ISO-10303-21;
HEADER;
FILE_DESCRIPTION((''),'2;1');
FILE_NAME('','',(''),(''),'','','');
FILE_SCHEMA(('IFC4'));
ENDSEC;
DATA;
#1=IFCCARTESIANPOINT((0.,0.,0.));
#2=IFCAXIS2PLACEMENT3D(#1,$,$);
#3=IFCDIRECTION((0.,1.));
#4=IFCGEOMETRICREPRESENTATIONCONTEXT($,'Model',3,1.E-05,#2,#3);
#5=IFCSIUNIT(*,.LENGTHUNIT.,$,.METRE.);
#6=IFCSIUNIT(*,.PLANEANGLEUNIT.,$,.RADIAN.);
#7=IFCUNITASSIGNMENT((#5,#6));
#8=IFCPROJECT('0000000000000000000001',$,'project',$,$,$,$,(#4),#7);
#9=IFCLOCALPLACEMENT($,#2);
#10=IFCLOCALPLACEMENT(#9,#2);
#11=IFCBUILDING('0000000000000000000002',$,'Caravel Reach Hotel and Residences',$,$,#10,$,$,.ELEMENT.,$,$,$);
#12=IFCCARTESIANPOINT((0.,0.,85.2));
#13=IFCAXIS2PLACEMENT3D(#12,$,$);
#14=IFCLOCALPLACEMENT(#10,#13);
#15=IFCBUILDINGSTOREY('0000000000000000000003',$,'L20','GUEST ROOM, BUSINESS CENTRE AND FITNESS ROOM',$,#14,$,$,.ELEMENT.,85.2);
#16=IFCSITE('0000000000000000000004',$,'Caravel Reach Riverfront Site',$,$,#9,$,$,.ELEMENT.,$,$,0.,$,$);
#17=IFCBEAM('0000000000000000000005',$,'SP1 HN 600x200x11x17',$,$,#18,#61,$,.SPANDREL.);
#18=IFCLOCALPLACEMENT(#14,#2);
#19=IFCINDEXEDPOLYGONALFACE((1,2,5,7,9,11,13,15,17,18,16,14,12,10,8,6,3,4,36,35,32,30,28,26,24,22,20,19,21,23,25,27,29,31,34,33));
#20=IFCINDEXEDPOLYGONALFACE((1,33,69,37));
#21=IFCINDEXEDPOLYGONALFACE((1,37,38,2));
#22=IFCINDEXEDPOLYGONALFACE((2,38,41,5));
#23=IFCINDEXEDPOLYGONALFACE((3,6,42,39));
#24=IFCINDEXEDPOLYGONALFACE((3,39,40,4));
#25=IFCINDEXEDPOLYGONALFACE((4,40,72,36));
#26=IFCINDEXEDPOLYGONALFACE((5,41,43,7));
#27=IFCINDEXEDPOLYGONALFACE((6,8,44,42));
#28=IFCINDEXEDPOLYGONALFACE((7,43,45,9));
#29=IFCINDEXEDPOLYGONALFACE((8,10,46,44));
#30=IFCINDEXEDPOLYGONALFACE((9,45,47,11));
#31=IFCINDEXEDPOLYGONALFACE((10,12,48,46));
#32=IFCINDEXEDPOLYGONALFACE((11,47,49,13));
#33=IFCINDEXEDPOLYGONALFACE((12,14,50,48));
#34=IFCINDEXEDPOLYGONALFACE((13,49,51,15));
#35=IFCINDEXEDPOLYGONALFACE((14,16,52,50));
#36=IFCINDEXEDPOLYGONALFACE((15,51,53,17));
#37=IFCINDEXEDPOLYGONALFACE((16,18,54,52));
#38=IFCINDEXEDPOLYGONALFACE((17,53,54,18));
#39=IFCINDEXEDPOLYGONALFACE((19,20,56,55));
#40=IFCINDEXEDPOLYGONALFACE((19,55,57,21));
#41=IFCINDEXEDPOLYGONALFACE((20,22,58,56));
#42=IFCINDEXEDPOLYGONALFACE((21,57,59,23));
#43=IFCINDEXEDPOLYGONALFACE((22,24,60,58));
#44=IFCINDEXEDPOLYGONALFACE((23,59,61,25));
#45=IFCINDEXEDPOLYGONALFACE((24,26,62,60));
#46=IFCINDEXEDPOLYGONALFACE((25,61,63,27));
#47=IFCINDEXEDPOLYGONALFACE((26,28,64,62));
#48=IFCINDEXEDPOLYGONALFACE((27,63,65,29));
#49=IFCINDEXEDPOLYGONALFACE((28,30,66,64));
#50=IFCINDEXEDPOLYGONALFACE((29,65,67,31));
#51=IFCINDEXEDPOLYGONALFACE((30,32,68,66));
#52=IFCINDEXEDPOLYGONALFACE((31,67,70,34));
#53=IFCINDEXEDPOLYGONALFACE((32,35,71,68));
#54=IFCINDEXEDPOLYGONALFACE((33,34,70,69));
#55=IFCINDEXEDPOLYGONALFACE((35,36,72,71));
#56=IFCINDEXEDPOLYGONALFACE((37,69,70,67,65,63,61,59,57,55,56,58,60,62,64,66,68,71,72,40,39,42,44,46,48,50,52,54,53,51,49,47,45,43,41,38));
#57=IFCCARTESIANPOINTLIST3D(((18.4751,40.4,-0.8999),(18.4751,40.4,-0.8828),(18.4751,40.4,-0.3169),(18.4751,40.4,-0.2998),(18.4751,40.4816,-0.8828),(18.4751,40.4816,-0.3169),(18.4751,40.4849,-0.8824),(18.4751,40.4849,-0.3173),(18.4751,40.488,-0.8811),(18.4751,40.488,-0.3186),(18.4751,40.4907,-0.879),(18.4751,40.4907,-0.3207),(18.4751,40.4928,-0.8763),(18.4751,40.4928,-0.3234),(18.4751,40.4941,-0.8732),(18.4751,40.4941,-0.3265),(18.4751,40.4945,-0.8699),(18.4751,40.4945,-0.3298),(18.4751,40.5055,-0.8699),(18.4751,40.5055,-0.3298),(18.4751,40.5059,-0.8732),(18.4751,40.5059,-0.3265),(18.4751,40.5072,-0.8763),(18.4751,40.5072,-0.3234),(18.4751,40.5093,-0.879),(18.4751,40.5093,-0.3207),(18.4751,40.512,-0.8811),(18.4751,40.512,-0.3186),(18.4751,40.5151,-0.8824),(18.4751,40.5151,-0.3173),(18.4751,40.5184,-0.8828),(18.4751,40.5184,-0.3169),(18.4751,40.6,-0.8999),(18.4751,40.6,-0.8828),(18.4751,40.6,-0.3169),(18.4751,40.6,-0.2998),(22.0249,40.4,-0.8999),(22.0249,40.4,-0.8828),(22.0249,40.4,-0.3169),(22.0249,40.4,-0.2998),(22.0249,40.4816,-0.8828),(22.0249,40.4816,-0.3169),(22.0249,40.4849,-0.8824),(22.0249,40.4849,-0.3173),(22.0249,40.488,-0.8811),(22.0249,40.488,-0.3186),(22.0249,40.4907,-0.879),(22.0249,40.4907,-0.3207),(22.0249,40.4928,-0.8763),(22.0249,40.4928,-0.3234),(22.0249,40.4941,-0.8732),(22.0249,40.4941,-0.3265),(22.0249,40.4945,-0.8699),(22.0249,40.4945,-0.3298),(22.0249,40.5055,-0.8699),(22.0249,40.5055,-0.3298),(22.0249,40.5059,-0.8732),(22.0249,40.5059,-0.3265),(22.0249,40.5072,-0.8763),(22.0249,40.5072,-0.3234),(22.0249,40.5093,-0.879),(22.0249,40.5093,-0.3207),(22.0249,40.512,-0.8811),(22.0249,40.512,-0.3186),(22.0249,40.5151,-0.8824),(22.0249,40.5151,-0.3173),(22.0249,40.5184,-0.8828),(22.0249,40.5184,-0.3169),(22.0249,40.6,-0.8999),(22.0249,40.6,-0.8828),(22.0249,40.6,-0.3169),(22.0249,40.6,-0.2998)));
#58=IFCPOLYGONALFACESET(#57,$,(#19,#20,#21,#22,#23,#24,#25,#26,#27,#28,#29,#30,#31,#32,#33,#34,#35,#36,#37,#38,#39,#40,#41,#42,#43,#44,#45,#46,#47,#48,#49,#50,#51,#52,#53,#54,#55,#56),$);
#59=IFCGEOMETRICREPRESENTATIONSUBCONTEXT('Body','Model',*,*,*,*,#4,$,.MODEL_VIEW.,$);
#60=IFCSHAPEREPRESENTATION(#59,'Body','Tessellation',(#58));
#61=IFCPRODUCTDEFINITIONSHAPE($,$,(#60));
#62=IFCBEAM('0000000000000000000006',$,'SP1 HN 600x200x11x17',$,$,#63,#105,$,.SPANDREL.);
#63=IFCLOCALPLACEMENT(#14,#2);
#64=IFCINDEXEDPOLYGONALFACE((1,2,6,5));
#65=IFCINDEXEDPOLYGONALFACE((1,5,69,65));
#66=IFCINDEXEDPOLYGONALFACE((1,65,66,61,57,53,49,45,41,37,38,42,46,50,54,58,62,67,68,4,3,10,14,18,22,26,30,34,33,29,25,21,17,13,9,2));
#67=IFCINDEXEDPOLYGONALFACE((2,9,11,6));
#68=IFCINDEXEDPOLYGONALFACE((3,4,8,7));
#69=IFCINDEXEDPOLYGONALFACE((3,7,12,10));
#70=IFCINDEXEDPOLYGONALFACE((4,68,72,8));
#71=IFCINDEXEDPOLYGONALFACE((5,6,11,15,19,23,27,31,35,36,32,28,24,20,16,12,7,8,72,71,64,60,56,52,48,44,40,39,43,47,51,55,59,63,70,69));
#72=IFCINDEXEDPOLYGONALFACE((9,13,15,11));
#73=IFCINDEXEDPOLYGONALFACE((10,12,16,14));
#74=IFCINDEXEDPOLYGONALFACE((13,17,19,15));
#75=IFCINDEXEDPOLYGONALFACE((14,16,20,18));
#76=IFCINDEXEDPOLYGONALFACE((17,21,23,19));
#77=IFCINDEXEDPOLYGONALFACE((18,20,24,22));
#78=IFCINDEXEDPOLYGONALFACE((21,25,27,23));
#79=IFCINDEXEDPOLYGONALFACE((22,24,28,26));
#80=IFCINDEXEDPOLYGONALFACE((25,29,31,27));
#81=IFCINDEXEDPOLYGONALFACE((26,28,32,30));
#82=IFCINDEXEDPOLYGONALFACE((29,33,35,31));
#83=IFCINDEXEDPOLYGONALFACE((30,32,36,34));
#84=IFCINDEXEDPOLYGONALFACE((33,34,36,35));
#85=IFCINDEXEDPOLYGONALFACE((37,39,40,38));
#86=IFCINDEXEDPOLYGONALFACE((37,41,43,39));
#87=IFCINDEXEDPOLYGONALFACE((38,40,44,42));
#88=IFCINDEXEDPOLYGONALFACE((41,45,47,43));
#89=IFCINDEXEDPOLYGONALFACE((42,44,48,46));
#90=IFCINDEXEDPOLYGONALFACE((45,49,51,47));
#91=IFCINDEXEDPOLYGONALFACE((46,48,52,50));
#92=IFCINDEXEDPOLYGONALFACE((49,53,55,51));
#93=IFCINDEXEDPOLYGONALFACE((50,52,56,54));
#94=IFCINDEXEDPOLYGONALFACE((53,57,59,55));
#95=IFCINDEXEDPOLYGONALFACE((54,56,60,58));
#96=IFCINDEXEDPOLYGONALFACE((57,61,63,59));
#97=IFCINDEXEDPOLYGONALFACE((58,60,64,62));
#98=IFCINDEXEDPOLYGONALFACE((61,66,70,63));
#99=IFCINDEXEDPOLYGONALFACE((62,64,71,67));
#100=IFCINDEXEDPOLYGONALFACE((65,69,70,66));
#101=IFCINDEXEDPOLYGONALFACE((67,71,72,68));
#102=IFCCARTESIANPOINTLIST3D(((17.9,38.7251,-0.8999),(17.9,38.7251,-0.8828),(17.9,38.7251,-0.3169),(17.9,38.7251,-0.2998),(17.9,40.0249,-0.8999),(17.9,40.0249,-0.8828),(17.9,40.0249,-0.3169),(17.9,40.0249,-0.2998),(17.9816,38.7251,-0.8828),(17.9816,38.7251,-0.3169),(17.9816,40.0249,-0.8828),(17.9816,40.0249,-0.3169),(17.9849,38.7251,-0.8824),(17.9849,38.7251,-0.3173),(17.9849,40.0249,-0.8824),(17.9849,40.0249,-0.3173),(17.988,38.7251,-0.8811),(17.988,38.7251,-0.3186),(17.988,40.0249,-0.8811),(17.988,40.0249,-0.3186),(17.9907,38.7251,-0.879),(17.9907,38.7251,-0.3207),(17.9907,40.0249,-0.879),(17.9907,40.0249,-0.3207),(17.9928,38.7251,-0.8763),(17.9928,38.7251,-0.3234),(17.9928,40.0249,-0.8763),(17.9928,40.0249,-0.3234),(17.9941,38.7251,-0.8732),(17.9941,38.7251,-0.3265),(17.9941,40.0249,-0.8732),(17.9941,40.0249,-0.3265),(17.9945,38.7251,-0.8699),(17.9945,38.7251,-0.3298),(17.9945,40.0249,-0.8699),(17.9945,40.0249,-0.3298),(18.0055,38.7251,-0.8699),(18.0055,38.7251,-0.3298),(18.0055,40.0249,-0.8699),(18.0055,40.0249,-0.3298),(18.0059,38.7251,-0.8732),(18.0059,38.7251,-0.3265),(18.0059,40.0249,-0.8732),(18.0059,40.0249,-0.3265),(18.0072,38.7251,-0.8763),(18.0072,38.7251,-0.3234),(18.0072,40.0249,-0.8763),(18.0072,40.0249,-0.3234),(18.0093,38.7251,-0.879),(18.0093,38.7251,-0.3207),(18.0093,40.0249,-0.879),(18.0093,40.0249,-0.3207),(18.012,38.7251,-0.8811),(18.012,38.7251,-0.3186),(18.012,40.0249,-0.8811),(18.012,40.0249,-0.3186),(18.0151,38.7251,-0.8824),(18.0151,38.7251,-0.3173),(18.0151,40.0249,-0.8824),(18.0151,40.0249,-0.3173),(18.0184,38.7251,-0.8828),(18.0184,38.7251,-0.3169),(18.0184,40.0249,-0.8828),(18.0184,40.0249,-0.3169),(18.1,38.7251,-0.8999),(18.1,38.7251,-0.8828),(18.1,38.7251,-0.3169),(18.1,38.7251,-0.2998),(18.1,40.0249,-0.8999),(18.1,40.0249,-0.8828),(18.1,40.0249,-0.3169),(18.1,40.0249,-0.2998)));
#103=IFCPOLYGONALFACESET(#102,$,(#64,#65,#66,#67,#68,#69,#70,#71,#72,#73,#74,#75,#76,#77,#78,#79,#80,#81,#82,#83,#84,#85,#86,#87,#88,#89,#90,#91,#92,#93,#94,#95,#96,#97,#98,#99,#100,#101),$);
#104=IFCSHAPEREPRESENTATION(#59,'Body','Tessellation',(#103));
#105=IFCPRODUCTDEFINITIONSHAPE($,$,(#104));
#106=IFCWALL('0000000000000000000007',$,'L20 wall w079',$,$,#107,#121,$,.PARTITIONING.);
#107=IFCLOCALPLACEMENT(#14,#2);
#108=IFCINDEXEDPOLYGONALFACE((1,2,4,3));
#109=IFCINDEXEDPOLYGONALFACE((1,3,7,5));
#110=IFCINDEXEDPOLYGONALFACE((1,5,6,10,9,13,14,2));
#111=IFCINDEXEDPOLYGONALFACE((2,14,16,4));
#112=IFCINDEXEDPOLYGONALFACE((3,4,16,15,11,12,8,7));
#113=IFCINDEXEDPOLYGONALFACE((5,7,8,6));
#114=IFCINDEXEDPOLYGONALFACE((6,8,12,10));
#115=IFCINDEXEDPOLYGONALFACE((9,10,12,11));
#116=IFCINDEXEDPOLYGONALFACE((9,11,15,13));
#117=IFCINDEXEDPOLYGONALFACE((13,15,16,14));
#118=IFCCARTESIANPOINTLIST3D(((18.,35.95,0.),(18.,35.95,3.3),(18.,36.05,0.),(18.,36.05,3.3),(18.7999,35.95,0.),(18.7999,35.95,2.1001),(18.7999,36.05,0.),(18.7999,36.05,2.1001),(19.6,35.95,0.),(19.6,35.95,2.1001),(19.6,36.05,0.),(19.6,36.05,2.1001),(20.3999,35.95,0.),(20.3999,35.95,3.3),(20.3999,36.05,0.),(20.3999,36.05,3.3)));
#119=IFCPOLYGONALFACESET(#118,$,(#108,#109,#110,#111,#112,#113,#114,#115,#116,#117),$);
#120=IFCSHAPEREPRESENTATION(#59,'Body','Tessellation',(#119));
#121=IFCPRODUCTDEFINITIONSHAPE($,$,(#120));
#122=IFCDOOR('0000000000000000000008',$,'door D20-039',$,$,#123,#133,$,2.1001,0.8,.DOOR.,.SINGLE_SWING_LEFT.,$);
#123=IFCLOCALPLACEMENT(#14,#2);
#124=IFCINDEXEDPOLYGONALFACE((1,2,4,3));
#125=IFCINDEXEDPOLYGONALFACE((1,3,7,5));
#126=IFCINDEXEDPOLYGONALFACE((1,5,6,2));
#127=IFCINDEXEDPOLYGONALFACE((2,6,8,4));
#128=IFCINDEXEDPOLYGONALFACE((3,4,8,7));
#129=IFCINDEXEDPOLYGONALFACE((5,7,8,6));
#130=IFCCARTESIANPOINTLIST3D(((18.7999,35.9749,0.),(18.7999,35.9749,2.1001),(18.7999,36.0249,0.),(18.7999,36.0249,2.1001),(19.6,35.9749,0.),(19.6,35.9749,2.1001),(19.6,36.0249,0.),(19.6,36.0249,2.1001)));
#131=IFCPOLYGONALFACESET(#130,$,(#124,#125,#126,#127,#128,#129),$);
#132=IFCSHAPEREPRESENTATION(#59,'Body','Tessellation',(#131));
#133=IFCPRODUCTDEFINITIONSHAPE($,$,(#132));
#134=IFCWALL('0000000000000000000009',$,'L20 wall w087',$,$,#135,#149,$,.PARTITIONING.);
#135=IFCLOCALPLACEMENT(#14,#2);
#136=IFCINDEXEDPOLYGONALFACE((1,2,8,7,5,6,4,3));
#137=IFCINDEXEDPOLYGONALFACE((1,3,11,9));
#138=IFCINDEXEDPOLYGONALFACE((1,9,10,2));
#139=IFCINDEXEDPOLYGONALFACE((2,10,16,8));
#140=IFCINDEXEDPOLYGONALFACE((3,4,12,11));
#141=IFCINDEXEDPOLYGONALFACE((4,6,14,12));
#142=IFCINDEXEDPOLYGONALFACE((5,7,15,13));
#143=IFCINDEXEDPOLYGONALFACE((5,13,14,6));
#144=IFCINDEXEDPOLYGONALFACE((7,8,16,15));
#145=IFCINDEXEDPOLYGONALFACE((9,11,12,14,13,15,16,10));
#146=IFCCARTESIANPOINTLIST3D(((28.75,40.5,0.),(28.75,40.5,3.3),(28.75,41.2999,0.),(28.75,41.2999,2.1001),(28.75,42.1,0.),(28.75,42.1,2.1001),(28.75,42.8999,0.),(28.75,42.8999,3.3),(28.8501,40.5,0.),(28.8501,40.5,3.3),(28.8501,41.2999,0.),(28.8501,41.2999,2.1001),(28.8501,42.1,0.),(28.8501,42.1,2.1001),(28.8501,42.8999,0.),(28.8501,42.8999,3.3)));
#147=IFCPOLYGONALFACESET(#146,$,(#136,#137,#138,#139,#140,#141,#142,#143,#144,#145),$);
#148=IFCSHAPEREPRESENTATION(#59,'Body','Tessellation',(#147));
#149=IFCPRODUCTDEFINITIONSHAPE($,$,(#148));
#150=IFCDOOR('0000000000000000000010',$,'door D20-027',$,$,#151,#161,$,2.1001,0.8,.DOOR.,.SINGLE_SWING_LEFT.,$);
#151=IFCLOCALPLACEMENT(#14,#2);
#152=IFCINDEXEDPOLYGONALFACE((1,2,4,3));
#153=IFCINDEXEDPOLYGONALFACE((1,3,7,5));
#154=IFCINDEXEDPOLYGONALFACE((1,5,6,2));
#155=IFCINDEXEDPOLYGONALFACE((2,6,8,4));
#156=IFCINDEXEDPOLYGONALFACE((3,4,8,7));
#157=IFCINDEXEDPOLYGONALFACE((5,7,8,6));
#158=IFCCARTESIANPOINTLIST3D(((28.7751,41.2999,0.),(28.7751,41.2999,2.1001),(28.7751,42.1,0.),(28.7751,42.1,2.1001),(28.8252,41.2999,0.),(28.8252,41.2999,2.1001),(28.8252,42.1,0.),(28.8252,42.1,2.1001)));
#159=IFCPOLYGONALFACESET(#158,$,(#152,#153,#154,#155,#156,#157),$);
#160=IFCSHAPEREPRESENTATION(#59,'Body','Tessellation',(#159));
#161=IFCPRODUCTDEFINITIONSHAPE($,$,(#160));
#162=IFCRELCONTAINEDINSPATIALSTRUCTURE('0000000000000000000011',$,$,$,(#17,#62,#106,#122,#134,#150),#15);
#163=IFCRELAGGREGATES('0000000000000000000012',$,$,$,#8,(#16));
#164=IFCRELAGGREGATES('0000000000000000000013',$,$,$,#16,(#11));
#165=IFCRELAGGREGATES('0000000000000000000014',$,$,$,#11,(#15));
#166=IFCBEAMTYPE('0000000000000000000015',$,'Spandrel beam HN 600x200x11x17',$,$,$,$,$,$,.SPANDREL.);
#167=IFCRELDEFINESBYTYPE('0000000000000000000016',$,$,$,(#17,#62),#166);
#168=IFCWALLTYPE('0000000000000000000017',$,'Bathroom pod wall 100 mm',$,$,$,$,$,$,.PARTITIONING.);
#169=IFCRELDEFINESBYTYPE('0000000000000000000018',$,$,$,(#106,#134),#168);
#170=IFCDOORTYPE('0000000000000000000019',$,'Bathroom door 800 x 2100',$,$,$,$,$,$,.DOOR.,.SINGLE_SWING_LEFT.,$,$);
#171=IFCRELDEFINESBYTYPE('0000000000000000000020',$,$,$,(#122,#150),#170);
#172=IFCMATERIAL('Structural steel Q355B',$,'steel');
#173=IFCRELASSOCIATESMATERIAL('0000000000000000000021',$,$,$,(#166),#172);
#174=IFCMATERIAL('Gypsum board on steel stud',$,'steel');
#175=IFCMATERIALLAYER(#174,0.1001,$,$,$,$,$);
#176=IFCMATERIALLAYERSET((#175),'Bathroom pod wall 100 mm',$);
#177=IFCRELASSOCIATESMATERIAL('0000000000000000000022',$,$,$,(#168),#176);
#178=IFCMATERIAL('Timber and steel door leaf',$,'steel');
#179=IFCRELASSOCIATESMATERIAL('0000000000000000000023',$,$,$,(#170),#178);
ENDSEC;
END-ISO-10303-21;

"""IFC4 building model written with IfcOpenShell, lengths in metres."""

from ifc_helpers import new_model, si_unit, direction, frame, frame_2d, origin, origin_2d, place, context, subcontext, project, spatial, rectangle, i_section, extrude, material, layer, layer_set, material_profile, profile_set, type_object, element, fill, save


model = new_model("IFC4")

# Units and contexts
model_context = context("Model", 3, precision=1e-05, world=origin(), true_north=direction((0.0, 1.0)))
body_context = subcontext(model_context, "Body", "Model", "MODEL_VIEW")
ifc_project = project(units=[si_unit("LENGTHUNIT", "METRE"), si_unit("PLANEANGLEUNIT", "RADIAN")], contexts=[model_context])

# Site, building, storey
site_placement = place(None, origin())
site = spatial("IfcSite", under=ifc_project, at=site_placement, Name="Caravel Reach Riverfront Site", CompositionType="ELEMENT", RefElevation=0.0)
building_placement = place(site_placement, origin())
building = spatial("IfcBuilding", under=site, at=building_placement, Name="Caravel Reach Hotel and Residences", CompositionType="ELEMENT")
storey_placement = place(building_placement, frame((0.0, 0.0, 85.2)))
storey = spatial("IfcBuildingStorey", under=building, at=storey_placement, Name="L20", Description="GUEST ROOM, BUSINESS CENTRE AND FITNESS ROOM", CompositionType="ELEMENT", Elevation=85.2)

# Beams
ifc_material_1 = material(Name="Structural steel Q355B", Category="steel")
ifc_material_profile_1 = material_profile(ifc_material_1, i_section(OverallWidth=0.2, OverallDepth=0.6001, WebThickness=0.011, FlangeThickness=0.0171, FilletRadius=0.0129, at=origin_2d()), Name="HN 600x200x11x17")
ifc_profile_set_1 = profile_set([ifc_material_profile_1], Name="Structural steel Q355B")
beam_type_1 = type_object("IfcBeamType", Name="Spandrel beam HN 600x200x11x17", PredefinedType="SPANDREL", material=ifc_profile_set_1)
beam_1_placement = place(storey_placement, frame((22.0249, 40.5, -0.5999), z_axis=(-1.0, 0.0, 0.0), x_axis=(0.0, -1.0, 0.0)))
element("IfcBeam", 1, at=beam_1_placement, inside=storey, type_object=beam_type_1, Name="SP1 HN 600x200x11x17", PredefinedType="SPANDREL", context=body_context, shape_type="SweptSolid", body=[
    extrude(i_section(OverallWidth=0.2, OverallDepth=0.6001, WebThickness=0.011, FlangeThickness=0.0171, FilletRadius=0.0129, at=origin_2d()), origin(), (0.0, 0.0, 1.0), 3.5498),
])
beam_2_placement = place(storey_placement, frame((18.0, 40.0249, -0.5999), z_axis=(0.0, -1.0, 0.0), x_axis=(1.0, 0.0, 0.0)))
element("IfcBeam", 2, at=beam_2_placement, inside=storey, type_object=beam_type_1, Name="SP1 HN 600x200x11x17", PredefinedType="SPANDREL", context=body_context, shape_type="SweptSolid", body=[
    extrude(i_section(OverallWidth=0.2, OverallDepth=0.6001, WebThickness=0.011, FlangeThickness=0.0171, FilletRadius=0.0129, at=origin_2d()), origin(), (0.0, 0.0, 1.0), 1.2998),
])

# Walls, openings, doors
ifc_material_2 = material(Name="Gypsum board on steel stud", Category="steel")
ifc_layer_1 = layer(ifc_material_2, 0.1001)
ifc_layer_set_1 = layer_set([ifc_layer_1], Name="Bathroom pod wall 100 mm")
wall_type_1 = type_object("IfcWallType", Name="Bathroom pod wall 100 mm", PredefinedType="PARTITIONING", material=ifc_layer_set_1)
wall_1_placement = place(storey_placement, frame((18.0, 36.0, 0.0), z_axis=(0.0, 0.0, 1.0), x_axis=(1.0, 0.0, 0.0)))
wall_1 = element("IfcWall", 3, at=wall_1_placement, inside=storey, type_object=wall_type_1, Name="L20 wall w079", PredefinedType="PARTITIONING", context=body_context, shape_type="SweptSolid", body=[
    extrude(rectangle(XDim=2.3999, YDim=0.1001, at=frame_2d((1.2, 0.0))), origin(), (0.0, 0.0, 1.0), 3.3),
])
opening_1_placement = place(wall_1_placement, frame((0.8, 0.0, 0.0)))
opening_1 = element("IfcOpeningElement", 4, at=opening_1_placement, cuts=wall_1, PredefinedType="OPENING", context=body_context, shape_type="SweptSolid", body=[
    extrude(rectangle(XDim=0.8, YDim=2.1001, at=frame_2d((0.3999, 1.05))), frame((0.0, 0.0601, 0.0), z_axis=(0.0, -1.0, 0.0), x_axis=(1.0, 0.0, 0.0)), (0.0, 0.0, 1.0), 0.1201),
])
ifc_material_3 = material(Name="Timber and steel door leaf", Category="steel")
door_type = type_object("IfcDoorType", Name="Bathroom door 800 x 2100", OperationType="SINGLE_SWING_LEFT", PredefinedType="DOOR", material=ifc_material_3)
door_1_placement = place(opening_1_placement, origin())
door_1 = element("IfcDoor", 5, at=door_1_placement, inside=storey, type_object=door_type, Name="door D20-039", OperationType="SINGLE_SWING_LEFT", OverallHeight=2.1001, OverallWidth=0.8, PredefinedType="DOOR", context=body_context, shape_type="SweptSolid", body=[
    extrude(rectangle(XDim=0.8, YDim=2.1001, at=frame_2d((0.3999, 1.05))), frame((0.0, 0.0249, 0.0), z_axis=(0.0, -1.0, 0.0), x_axis=(1.0, 0.0, 0.0)), (0.0, 0.0, 1.0), 0.05),
])
fill(opening_1, door_1)
wall_2_placement = place(storey_placement, frame((28.8, 40.5, 0.0), z_axis=(0.0, 0.0, 1.0), x_axis=(0.0, 1.0, 0.0)))
wall_2 = element("IfcWall", 6, at=wall_2_placement, inside=storey, type_object=wall_type_1, Name="L20 wall w087", PredefinedType="PARTITIONING", context=body_context, shape_type="SweptSolid", body=[
    extrude(rectangle(XDim=2.3999, YDim=0.1001, at=frame_2d((1.2, 0.0))), origin(), (0.0, 0.0, 1.0), 3.3),
])
opening_2_placement = place(wall_2_placement, frame((0.8, 0.0, 0.0)))
opening_2 = element("IfcOpeningElement", 7, at=opening_2_placement, cuts=wall_2, PredefinedType="OPENING", context=body_context, shape_type="SweptSolid", body=[
    extrude(rectangle(XDim=0.8, YDim=2.1001, at=frame_2d((0.3999, 1.05))), frame((0.0, 0.0601, 0.0), z_axis=(0.0, -1.0, 0.0), x_axis=(1.0, 0.0, 0.0)), (0.0, 0.0, 1.0), 0.1201),
])
door_2_placement = place(opening_2_placement, origin())
door_2 = element("IfcDoor", 8, at=door_2_placement, inside=storey, type_object=door_type, Name="door D20-027", OperationType="SINGLE_SWING_LEFT", OverallHeight=2.1001, OverallWidth=0.8, PredefinedType="DOOR", context=body_context, shape_type="SweptSolid", body=[
    extrude(rectangle(XDim=0.8, YDim=2.1001, at=frame_2d((0.3999, 1.05))), frame((0.0, 0.0249, 0.0), z_axis=(0.0, -1.0, 0.0), x_axis=(1.0, 0.0, 0.0)), (0.0, 0.0, 1.0), 0.05),
])
fill(opening_2, door_2)

save(model, "model.ifc")
